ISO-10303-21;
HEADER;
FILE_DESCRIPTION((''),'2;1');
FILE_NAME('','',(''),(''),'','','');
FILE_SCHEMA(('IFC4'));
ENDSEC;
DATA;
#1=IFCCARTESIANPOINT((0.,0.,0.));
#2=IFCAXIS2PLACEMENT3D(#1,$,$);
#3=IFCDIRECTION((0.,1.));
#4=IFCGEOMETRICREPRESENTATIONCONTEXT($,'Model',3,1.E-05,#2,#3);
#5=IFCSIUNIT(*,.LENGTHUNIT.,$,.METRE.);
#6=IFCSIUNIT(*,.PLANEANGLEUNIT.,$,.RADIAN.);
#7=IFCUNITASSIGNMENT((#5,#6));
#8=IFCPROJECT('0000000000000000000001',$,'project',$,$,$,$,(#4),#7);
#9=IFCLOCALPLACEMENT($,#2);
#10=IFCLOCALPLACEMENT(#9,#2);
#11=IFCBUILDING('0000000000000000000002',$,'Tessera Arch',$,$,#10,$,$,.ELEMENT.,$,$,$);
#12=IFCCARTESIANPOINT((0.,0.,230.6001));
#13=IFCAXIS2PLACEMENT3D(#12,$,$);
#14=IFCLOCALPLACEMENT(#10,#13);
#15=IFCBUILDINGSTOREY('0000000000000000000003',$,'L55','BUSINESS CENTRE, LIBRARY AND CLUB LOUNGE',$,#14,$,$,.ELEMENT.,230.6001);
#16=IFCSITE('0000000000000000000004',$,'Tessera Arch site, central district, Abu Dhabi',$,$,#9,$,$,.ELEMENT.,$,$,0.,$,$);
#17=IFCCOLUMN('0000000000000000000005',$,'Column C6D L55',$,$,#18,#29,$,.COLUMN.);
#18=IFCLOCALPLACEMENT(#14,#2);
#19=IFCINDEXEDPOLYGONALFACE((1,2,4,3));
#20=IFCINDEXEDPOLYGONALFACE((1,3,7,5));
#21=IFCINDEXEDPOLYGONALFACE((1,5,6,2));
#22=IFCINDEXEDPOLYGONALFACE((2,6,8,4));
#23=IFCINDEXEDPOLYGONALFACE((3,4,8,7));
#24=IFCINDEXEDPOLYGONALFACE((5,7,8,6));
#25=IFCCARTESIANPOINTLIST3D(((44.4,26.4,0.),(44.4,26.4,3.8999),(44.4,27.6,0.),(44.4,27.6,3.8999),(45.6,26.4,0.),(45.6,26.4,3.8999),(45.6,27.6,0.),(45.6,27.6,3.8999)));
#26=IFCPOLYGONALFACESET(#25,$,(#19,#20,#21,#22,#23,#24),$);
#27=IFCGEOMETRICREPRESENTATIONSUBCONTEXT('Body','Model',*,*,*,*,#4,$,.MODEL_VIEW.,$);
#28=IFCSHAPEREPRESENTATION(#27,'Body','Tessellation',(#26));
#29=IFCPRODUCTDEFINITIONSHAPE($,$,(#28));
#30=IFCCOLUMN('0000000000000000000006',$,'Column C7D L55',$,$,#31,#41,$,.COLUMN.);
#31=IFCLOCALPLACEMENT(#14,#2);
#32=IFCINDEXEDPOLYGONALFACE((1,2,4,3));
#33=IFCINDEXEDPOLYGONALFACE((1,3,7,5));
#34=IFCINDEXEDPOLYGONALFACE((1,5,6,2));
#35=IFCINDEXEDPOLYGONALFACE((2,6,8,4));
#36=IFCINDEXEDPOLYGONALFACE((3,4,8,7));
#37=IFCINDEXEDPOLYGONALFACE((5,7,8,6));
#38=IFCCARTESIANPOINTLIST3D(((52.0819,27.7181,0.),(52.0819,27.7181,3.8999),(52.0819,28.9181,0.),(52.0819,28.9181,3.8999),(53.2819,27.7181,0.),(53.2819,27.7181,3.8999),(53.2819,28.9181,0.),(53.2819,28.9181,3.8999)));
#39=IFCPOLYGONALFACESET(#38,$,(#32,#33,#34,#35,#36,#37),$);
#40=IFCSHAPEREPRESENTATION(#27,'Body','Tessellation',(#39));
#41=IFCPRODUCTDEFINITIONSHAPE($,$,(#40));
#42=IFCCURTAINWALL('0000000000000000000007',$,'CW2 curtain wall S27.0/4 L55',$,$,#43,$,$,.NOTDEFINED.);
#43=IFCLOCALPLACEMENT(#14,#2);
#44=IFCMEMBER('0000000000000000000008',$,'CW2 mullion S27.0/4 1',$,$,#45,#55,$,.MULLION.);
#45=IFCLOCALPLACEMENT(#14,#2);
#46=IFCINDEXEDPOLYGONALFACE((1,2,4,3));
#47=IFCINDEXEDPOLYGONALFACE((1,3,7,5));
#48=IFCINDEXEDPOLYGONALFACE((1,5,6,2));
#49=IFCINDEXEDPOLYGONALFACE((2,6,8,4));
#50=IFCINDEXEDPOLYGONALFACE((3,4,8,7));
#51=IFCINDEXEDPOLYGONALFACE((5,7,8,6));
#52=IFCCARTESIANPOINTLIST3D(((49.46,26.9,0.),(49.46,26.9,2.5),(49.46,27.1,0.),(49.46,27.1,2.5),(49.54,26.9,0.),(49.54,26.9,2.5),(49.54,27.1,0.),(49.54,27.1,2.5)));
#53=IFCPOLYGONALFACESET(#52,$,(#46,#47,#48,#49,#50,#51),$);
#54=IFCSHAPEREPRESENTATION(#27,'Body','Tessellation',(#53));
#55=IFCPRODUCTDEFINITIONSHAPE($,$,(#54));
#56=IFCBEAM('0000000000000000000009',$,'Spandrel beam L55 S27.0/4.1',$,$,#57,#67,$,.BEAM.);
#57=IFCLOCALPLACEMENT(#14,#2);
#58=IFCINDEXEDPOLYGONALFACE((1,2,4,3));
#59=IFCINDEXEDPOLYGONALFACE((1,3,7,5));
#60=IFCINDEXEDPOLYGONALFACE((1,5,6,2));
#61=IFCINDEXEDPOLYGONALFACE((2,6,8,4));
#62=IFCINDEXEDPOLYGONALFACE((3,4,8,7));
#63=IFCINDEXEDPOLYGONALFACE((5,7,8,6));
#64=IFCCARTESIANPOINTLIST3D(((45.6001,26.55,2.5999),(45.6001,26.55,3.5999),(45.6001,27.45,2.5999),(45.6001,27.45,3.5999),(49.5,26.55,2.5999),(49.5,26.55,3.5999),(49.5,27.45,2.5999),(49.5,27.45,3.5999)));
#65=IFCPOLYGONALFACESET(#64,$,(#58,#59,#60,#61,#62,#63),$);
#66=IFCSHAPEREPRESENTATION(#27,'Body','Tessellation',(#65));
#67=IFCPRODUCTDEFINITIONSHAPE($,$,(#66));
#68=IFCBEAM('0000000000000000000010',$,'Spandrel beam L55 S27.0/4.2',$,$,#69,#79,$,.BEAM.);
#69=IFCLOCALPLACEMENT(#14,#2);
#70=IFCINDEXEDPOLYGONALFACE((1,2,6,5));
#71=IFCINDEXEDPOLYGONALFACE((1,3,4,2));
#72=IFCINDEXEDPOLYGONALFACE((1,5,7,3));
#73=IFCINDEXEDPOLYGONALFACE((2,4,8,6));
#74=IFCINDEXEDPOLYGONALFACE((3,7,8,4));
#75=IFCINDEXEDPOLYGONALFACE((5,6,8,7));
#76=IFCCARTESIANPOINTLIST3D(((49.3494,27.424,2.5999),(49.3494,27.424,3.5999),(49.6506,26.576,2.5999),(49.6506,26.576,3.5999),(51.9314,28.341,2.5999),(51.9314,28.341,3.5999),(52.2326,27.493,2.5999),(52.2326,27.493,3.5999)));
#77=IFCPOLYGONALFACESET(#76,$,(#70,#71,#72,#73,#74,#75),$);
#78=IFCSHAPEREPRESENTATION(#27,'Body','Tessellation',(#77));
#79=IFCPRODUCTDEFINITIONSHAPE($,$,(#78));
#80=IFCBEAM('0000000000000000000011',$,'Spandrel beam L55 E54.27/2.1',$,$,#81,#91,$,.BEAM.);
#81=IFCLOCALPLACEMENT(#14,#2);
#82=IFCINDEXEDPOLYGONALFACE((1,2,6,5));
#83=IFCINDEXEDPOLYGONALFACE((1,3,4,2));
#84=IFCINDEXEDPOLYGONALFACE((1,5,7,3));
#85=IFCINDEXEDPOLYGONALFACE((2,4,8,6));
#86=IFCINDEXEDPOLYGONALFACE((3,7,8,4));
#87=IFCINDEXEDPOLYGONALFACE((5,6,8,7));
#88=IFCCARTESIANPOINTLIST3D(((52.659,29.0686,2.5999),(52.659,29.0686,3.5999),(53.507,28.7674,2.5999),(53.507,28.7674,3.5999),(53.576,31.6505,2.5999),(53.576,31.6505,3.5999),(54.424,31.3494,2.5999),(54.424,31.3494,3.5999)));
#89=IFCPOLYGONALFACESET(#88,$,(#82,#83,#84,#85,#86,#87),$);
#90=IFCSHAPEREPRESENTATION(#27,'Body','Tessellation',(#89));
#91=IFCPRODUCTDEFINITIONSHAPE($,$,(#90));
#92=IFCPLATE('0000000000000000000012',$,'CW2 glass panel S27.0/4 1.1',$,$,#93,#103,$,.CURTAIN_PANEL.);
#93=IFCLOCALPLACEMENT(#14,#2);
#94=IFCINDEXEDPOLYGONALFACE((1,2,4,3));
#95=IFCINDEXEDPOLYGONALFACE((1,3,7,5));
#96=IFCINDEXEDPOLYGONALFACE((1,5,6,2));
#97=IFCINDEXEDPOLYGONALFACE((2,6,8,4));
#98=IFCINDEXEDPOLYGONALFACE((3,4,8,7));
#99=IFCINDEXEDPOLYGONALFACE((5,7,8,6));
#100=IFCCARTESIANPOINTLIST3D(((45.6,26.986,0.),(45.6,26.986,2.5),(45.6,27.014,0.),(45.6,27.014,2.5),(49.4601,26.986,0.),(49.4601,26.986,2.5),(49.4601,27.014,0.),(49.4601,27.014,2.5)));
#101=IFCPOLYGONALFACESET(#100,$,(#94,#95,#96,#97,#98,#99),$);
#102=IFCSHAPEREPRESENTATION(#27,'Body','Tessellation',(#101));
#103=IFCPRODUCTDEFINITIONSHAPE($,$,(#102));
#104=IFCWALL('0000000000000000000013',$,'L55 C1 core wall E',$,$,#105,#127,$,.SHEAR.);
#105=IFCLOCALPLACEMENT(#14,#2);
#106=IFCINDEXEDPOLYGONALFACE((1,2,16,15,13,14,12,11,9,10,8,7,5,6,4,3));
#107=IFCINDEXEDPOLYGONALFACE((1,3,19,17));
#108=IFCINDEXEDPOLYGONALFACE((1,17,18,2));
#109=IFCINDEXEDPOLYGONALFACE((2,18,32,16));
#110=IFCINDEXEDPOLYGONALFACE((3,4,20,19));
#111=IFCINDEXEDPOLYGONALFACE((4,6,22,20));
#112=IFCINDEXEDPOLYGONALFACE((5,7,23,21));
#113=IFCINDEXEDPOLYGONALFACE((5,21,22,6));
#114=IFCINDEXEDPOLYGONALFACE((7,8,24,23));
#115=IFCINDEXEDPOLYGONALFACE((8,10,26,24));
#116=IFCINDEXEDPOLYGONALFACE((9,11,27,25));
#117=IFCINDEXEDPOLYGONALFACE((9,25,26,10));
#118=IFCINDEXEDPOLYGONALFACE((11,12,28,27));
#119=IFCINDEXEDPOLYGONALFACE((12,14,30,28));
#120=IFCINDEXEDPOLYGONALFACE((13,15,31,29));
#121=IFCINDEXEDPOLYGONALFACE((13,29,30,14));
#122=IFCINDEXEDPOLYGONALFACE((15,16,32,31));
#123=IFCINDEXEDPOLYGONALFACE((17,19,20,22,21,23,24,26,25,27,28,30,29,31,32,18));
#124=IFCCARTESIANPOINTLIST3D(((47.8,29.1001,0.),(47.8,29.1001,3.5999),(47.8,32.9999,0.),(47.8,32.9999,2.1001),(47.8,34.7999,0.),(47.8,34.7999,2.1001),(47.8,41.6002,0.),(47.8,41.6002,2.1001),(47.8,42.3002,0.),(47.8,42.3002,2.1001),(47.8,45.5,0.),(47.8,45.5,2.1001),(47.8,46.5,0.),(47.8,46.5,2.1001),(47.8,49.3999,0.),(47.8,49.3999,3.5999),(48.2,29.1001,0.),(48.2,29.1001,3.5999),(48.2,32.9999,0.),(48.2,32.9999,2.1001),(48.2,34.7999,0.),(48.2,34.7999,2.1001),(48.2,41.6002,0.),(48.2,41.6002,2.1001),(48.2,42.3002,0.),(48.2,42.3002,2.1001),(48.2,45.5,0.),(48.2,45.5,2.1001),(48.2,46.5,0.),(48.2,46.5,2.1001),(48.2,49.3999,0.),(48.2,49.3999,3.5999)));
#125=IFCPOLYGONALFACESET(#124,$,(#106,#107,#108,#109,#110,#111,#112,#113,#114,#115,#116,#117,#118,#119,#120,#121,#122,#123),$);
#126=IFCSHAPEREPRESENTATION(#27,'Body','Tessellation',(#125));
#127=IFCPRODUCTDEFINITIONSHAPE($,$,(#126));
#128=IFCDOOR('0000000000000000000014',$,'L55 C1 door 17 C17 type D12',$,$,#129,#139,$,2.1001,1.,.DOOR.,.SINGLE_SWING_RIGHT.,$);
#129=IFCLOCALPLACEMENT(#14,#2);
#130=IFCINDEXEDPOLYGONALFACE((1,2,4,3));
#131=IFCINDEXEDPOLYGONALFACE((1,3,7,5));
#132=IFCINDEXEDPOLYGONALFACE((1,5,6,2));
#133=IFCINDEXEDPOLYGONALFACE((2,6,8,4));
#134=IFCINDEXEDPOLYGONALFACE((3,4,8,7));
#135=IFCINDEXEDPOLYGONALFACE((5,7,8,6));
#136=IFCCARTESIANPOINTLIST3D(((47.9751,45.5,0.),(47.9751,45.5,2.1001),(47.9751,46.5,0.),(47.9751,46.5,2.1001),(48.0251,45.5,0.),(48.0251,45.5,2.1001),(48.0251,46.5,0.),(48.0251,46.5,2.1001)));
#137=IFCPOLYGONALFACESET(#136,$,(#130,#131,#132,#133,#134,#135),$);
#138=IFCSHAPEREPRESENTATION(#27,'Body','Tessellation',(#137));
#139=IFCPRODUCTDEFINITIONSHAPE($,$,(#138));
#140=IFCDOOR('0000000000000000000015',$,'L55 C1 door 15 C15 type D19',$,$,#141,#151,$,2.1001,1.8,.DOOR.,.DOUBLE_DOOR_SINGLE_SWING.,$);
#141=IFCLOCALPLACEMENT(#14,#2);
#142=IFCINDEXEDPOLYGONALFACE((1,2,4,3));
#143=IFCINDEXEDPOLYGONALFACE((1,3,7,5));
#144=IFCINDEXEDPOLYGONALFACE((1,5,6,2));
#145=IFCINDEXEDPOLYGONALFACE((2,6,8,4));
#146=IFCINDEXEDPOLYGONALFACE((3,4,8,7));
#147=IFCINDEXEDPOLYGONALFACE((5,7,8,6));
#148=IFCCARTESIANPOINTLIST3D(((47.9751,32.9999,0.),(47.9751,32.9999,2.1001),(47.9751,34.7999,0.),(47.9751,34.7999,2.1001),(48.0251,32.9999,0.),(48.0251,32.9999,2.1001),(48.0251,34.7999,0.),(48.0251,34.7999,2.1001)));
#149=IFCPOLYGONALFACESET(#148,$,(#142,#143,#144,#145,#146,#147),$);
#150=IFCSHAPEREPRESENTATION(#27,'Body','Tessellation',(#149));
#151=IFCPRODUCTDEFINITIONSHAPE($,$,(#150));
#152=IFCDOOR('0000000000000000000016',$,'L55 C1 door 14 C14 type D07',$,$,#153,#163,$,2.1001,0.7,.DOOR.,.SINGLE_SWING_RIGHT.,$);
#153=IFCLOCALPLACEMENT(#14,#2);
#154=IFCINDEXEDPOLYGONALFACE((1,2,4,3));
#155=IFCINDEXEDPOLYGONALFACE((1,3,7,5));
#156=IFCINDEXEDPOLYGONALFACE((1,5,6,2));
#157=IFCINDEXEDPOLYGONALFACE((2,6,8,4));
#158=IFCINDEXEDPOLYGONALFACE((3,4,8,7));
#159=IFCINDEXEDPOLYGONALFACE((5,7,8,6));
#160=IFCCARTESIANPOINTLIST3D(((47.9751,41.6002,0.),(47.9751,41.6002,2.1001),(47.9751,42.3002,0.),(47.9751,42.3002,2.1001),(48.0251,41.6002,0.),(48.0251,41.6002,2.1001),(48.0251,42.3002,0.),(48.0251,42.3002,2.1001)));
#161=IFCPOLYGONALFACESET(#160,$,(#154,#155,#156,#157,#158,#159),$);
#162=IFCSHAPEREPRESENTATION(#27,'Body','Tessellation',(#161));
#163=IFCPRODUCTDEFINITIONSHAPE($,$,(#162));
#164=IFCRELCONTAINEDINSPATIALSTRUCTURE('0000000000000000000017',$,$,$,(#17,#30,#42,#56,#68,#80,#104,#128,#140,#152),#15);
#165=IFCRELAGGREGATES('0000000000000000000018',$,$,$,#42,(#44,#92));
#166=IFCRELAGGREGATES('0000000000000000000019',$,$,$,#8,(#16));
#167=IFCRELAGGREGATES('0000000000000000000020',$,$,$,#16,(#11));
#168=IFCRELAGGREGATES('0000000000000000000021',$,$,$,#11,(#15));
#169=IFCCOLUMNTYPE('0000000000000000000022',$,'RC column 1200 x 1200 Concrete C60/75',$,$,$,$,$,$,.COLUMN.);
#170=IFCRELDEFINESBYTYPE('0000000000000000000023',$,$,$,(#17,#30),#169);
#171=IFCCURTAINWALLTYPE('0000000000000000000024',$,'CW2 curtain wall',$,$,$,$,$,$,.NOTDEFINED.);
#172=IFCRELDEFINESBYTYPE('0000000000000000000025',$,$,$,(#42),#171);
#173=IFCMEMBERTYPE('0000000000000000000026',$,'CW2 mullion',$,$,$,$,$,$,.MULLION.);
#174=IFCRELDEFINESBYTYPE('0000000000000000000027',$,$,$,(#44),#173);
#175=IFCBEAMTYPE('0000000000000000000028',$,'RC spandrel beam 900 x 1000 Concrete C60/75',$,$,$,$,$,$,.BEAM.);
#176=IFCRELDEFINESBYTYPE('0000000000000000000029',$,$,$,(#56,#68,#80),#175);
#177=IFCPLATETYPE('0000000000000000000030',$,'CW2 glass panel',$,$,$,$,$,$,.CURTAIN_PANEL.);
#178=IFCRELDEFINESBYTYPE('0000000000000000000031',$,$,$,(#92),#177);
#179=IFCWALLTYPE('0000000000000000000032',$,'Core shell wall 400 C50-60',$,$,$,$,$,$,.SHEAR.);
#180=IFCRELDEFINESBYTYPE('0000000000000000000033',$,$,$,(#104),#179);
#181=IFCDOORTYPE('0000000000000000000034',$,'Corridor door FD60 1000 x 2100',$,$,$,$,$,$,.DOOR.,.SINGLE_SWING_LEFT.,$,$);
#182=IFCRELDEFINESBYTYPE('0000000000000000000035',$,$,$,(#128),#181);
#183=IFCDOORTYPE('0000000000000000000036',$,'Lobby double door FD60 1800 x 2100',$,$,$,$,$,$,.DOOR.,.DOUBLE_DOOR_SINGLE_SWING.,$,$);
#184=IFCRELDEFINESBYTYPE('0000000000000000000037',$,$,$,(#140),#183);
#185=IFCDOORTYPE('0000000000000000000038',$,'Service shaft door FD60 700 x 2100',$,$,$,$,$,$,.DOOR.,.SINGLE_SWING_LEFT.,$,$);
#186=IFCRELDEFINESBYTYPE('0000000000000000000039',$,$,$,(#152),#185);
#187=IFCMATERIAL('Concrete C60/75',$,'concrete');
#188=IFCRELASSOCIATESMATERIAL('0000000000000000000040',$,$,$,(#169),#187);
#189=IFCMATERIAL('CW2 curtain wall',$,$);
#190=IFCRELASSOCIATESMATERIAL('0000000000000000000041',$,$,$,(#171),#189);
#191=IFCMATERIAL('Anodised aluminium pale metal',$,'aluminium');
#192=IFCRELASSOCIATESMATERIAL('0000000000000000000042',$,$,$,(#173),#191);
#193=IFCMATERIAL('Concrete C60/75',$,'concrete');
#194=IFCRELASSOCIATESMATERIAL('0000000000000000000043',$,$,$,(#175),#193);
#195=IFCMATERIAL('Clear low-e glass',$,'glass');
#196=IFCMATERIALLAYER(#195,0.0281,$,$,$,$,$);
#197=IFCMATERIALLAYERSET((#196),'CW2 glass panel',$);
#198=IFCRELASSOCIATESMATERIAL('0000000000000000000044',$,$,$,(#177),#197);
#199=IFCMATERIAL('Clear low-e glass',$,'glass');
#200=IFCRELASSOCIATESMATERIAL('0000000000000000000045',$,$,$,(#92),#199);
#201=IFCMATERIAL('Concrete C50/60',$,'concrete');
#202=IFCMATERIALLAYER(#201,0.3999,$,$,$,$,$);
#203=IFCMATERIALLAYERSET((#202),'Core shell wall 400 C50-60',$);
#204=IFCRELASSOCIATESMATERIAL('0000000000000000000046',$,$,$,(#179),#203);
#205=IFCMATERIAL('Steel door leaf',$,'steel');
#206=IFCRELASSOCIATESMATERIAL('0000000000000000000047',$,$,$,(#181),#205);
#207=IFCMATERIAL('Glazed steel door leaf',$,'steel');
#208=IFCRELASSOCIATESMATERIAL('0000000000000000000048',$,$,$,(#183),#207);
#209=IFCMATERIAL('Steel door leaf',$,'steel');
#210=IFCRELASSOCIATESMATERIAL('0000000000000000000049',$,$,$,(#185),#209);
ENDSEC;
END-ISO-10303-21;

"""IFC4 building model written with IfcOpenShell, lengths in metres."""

from ifc_helpers import new_model, si_unit, direction, frame, frame_2d, origin, origin_2d, place, context, subcontext, project, spatial, rectangle, extrude, material, layer, layer_set, material_profile, profile_set, type_object, element, fill, aggregate, save


model = new_model("IFC4")

# Units and contexts
model_context = context("Model", 3, precision=1e-05, world=origin(), true_north=direction((0.0, 1.0)))
body_context = subcontext(model_context, "Body", "Model", "MODEL_VIEW")
ifc_project = project(units=[si_unit("LENGTHUNIT", "METRE"), si_unit("PLANEANGLEUNIT", "RADIAN")], contexts=[model_context])

# Site, building, storey
site_placement = place(None, origin())
site = spatial("IfcSite", under=ifc_project, at=site_placement, Name="Tessera Arch site, central district, Abu Dhabi", CompositionType="ELEMENT", RefElevation=0.0)
building_placement = place(site_placement, origin())
building = spatial("IfcBuilding", under=site, at=building_placement, Name="Tessera Arch", CompositionType="ELEMENT")
storey_placement = place(building_placement, frame((0.0, 0.0, 230.6001)))
storey = spatial("IfcBuildingStorey", under=building, at=storey_placement, Name="L55", Description="BUSINESS CENTRE, LIBRARY AND CLUB LOUNGE", CompositionType="ELEMENT", Elevation=230.6001)

# Columns
ifc_material_1 = material(Name="Concrete C60/75", Category="concrete")
ifc_material_profile_1 = material_profile(ifc_material_1, rectangle(XDim=1.2, YDim=1.2, at=origin_2d()), Name="RC column 1200 x 1200 Concrete C60/75")
ifc_profile_set_1 = profile_set([ifc_material_profile_1], Name="Concrete C60/75")
column_type = type_object("IfcColumnType", Name="RC column 1200 x 1200 Concrete C60/75", PredefinedType="COLUMN", material=ifc_profile_set_1)
for number, where, z_axis, x_axis, name in (
    (1, (45.0, 27.0, 0.0), (0.0, 0.0, 1.0), (1.0, 0.0, 0.0), "Column C6D L55"),
    (2, (52.6819, 28.3181, 0.0), (0.0, 0.0, 1.0), (1.0, 0.0, 0.0), "Column C7D L55"),
):
    element("IfcColumn", number, at=place(storey_placement, frame(where, z_axis=z_axis, x_axis=x_axis)), inside=storey, type_object=column_type, Name=name, PredefinedType="COLUMN", context=body_context, shape_type="SweptSolid", body=[
        extrude(rectangle(XDim=1.2, YDim=1.2, at=origin_2d()), origin(), (0.0, 0.0, 1.0), 3.8999),
    ])

# Curtain wall, member
ifc_material_2 = material(Name="CW2 curtain wall")
curtain_wall_type = type_object("IfcCurtainWallType", Name="CW2 curtain wall", PredefinedType="NOTDEFINED", material=ifc_material_2)
curtain_wall_placement = place(storey_placement, origin())
curtain_wall = element("IfcCurtainWall", 3, at=curtain_wall_placement, inside=storey, type_object=curtain_wall_type, Name="CW2 curtain wall S27.0/4 L55", PredefinedType="NOTDEFINED")
ifc_material_3 = material(Name="Anodised aluminium pale metal", Category="aluminium")
ifc_material_profile_2 = material_profile(ifc_material_3, rectangle(XDim=0.2, YDim=0.0801, at=origin_2d()), Name="AL 80x200")
ifc_profile_set_2 = profile_set([ifc_material_profile_2], Name="Anodised aluminium pale metal")
member_type = type_object("IfcMemberType", Name="CW2 mullion", PredefinedType="MULLION", material=ifc_profile_set_2)
member_placement = place(storey_placement, frame((49.5, 27.0, 0.0), z_axis=(0.0, 0.0, 1.0), x_axis=(0.0, 1.0, 0.0)))
member = element("IfcMember", 4, at=member_placement, type_object=member_type, Name="CW2 mullion S27.0/4 1", PredefinedType="MULLION", context=body_context, shape_type="SweptSolid", body=[
    extrude(rectangle(XDim=0.2, YDim=0.0801, at=origin_2d()), origin(), (0.0, 0.0, 1.0), 2.5),
])

# Beams
ifc_material_4 = material(Name="Concrete C60/75", Category="concrete")
ifc_material_profile_3 = material_profile(ifc_material_4, rectangle(XDim=0.8999, YDim=1.0, at=origin_2d()), Name="RC spandrel beam 900 x 1000 Concrete C60/75")
ifc_profile_set_3 = profile_set([ifc_material_profile_3], Name="Concrete C60/75")
beam_type = type_object("IfcBeamType", Name="RC spandrel beam 900 x 1000 Concrete C60/75", PredefinedType="BEAM", material=ifc_profile_set_3)
beam_placement = place(storey_placement, frame((45.6001, 27.0, 3.0999), z_axis=(1.0, 0.0, 0.0), x_axis=(0.0, 1.0, 0.0)))
element("IfcBeam", 5, at=beam_placement, inside=storey, type_object=beam_type, Name="Spandrel beam L55 S27.0/4.1", PredefinedType="BEAM", context=body_context, shape_type="SweptSolid", body=[
    extrude(rectangle(XDim=0.8999, YDim=1.0, at=origin_2d()), origin(), (0.0, 0.0, 1.0), 3.8999),
])
for number, where, z_axis, x_axis, name in (
    (6, (49.5, 27.0, 3.0999), (0.942337, 0.334665, 0.0), (-0.334665, 0.942337, 0.0), "Spandrel beam L55 S27.0/4.2"),
    (7, (53.083, 28.918, 3.0999), (0.334665, 0.942337, 0.0), (-0.942337, 0.334665, 0.0), "Spandrel beam L55 E54.27/2.1"),
):
    element("IfcBeam", number, at=place(storey_placement, frame(where, z_axis=z_axis, x_axis=x_axis)), inside=storey, type_object=beam_type, Name=name, PredefinedType="BEAM", context=body_context, shape_type="SweptSolid", body=[
        extrude(rectangle(XDim=0.8999, YDim=1.0, at=origin_2d()), origin(), (0.0, 0.0, 1.0), 2.74),
    ])

# Plate
ifc_material_5 = material(Name="Clear low-e glass", Category="glass")
ifc_material_6 = material(Name="Clear low-e glass", Category="glass")
ifc_layer_1 = layer(ifc_material_6, 0.0281)
ifc_layer_set_1 = layer_set([ifc_layer_1], Name="CW2 glass panel")
plate_type = type_object("IfcPlateType", Name="CW2 glass panel", PredefinedType="CURTAIN_PANEL", material=ifc_layer_set_1)
plate_placement = place(storey_placement, frame((47.53, 27.0, 0.0), z_axis=(0.0, 0.0, 1.0), x_axis=(1.0, 0.0, 0.0)))
plate = element("IfcPlate", 8, at=plate_placement, type_object=plate_type, material=ifc_material_5, Name="CW2 glass panel S27.0/4 1.1", PredefinedType="CURTAIN_PANEL", context=body_context, shape_type="SweptSolid", body=[
    extrude(rectangle(XDim=3.8601, YDim=0.0281, at=origin_2d()), origin(), (0.0, 0.0, 1.0), 2.5),
])
aggregate(curtain_wall, [member, plate])

# Wall, openings, doors
ifc_material_7 = material(Name="Concrete C50/60", Category="concrete")
ifc_layer_2 = layer(ifc_material_7, 0.3999)
ifc_layer_set_2 = layer_set([ifc_layer_2], Name="Core shell wall 400 C50-60")
wall_type_1 = type_object("IfcWallType", Name="Core shell wall 400 C50-60", PredefinedType="SHEAR", material=ifc_layer_set_2)
wall_1_placement = place(storey_placement, frame((48.0, 29.1001, 0.0), z_axis=(0.0, 0.0, 1.0), x_axis=(0.0, 1.0, 0.0)))
wall_1 = element("IfcWall", 9, at=wall_1_placement, inside=storey, type_object=wall_type_1, Name="L55 C1 core wall E", PredefinedType="SHEAR", context=body_context, shape_type="SweptSolid", body=[
    extrude(rectangle(XDim=20.2998, YDim=0.3999, at=frame_2d((10.1499, 0.0))), origin(), (0.0, 0.0, 1.0), 3.5999),
])
opening_1_placement = place(wall_1_placement, frame((12.5, 0.0, 0.0)))
opening_1 = element("IfcOpeningElement", 10, at=opening_1_placement, cuts=wall_1, PredefinedType="OPENING", context=body_context, shape_type="SweptSolid", body=[
    extrude(rectangle(XDim=0.7, YDim=2.1001, at=frame_2d((0.3501, 1.05))), frame((0.0, 0.21, 0.0), z_axis=(0.0, -1.0, 0.0), x_axis=(1.0, 0.0, 0.0)), (0.0, 0.0, 1.0), 0.4199),
])
opening_2_placement = place(wall_1_placement, frame((3.8999, 0.0, 0.0)))
opening_2 = element("IfcOpeningElement", 11, at=opening_2_placement, cuts=wall_1, PredefinedType="OPENING", context=body_context, shape_type="SweptSolid", body=[
    extrude(rectangle(XDim=1.8, YDim=2.1001, at=frame_2d((0.8999, 1.05))), frame((0.0, 0.21, 0.0), z_axis=(0.0, -1.0, 0.0), x_axis=(1.0, 0.0, 0.0)), (0.0, 0.0, 1.0), 0.4199),
])
opening_3_placement = place(wall_1_placement, frame((16.3999, 0.0, 0.0)))
opening_3 = element("IfcOpeningElement", 12, at=opening_3_placement, cuts=wall_1, PredefinedType="OPENING", context=body_context, shape_type="SweptSolid", body=[
    extrude(rectangle(XDim=1.0, YDim=2.1001, at=frame_2d((0.5, 1.05))), frame((0.0, 0.21, 0.0), z_axis=(0.0, -1.0, 0.0), x_axis=(1.0, 0.0, 0.0)), (0.0, 0.0, 1.0), 0.4199),
])
ifc_material_8 = material(Name="Steel door leaf", Category="steel")
door_type_1 = type_object("IfcDoorType", Name="Corridor door FD60 1000 x 2100", OperationType="SINGLE_SWING_LEFT", PredefinedType="DOOR", material=ifc_material_8)
door_1_placement = place(opening_3_placement, origin())
door_1 = element("IfcDoor", 13, at=door_1_placement, inside=storey, type_object=door_type_1, Name="L55 C1 door 17 C17 type D12", OperationType="SINGLE_SWING_RIGHT", OverallHeight=2.1001, OverallWidth=1.0, PredefinedType="DOOR", context=body_context, shape_type="SweptSolid", body=[
    extrude(rectangle(XDim=1.0, YDim=2.1001, at=frame_2d((0.5, 1.05))), frame((0.0, 0.0249, 0.0), z_axis=(0.0, -1.0, 0.0), x_axis=(1.0, 0.0, 0.0)), (0.0, 0.0, 1.0), 0.05),
])
fill(opening_3, door_1)
ifc_material_9 = material(Name="Glazed steel door leaf", Category="steel")
door_type_2 = type_object("IfcDoorType", Name="Lobby double door FD60 1800 x 2100", OperationType="DOUBLE_DOOR_SINGLE_SWING", PredefinedType="DOOR", material=ifc_material_9)
door_2_placement = place(opening_2_placement, origin())
door_2 = element("IfcDoor", 14, at=door_2_placement, inside=storey, type_object=door_type_2, Name="L55 C1 door 15 C15 type D19", OperationType="DOUBLE_DOOR_SINGLE_SWING", OverallHeight=2.1001, OverallWidth=1.8, PredefinedType="DOOR", context=body_context, shape_type="SweptSolid", body=[
    extrude(rectangle(XDim=1.8, YDim=2.1001, at=frame_2d((0.8999, 1.05))), frame((0.0, 0.0249, 0.0), z_axis=(0.0, -1.0, 0.0), x_axis=(1.0, 0.0, 0.0)), (0.0, 0.0, 1.0), 0.05),
])
fill(opening_2, door_2)
ifc_material_10 = material(Name="Steel door leaf", Category="steel")
door_type_3 = type_object("IfcDoorType", Name="Service shaft door FD60 700 x 2100", OperationType="SINGLE_SWING_LEFT", PredefinedType="DOOR", material=ifc_material_10)
door_3_placement = place(opening_1_placement, origin())
door_3 = element("IfcDoor", 15, at=door_3_placement, inside=storey, type_object=door_type_3, Name="L55 C1 door 14 C14 type D07", OperationType="SINGLE_SWING_RIGHT", OverallHeight=2.1001, OverallWidth=0.7, PredefinedType="DOOR", context=body_context, shape_type="SweptSolid", body=[
    extrude(rectangle(XDim=0.7, YDim=2.1001, at=frame_2d((0.3501, 1.05))), frame((0.0, 0.0249, 0.0), z_axis=(0.0, -1.0, 0.0), x_axis=(1.0, 0.0, 0.0)), (0.0, 0.0, 1.0), 0.05),
])
fill(opening_1, door_3)

save(model, "model.ifc")
